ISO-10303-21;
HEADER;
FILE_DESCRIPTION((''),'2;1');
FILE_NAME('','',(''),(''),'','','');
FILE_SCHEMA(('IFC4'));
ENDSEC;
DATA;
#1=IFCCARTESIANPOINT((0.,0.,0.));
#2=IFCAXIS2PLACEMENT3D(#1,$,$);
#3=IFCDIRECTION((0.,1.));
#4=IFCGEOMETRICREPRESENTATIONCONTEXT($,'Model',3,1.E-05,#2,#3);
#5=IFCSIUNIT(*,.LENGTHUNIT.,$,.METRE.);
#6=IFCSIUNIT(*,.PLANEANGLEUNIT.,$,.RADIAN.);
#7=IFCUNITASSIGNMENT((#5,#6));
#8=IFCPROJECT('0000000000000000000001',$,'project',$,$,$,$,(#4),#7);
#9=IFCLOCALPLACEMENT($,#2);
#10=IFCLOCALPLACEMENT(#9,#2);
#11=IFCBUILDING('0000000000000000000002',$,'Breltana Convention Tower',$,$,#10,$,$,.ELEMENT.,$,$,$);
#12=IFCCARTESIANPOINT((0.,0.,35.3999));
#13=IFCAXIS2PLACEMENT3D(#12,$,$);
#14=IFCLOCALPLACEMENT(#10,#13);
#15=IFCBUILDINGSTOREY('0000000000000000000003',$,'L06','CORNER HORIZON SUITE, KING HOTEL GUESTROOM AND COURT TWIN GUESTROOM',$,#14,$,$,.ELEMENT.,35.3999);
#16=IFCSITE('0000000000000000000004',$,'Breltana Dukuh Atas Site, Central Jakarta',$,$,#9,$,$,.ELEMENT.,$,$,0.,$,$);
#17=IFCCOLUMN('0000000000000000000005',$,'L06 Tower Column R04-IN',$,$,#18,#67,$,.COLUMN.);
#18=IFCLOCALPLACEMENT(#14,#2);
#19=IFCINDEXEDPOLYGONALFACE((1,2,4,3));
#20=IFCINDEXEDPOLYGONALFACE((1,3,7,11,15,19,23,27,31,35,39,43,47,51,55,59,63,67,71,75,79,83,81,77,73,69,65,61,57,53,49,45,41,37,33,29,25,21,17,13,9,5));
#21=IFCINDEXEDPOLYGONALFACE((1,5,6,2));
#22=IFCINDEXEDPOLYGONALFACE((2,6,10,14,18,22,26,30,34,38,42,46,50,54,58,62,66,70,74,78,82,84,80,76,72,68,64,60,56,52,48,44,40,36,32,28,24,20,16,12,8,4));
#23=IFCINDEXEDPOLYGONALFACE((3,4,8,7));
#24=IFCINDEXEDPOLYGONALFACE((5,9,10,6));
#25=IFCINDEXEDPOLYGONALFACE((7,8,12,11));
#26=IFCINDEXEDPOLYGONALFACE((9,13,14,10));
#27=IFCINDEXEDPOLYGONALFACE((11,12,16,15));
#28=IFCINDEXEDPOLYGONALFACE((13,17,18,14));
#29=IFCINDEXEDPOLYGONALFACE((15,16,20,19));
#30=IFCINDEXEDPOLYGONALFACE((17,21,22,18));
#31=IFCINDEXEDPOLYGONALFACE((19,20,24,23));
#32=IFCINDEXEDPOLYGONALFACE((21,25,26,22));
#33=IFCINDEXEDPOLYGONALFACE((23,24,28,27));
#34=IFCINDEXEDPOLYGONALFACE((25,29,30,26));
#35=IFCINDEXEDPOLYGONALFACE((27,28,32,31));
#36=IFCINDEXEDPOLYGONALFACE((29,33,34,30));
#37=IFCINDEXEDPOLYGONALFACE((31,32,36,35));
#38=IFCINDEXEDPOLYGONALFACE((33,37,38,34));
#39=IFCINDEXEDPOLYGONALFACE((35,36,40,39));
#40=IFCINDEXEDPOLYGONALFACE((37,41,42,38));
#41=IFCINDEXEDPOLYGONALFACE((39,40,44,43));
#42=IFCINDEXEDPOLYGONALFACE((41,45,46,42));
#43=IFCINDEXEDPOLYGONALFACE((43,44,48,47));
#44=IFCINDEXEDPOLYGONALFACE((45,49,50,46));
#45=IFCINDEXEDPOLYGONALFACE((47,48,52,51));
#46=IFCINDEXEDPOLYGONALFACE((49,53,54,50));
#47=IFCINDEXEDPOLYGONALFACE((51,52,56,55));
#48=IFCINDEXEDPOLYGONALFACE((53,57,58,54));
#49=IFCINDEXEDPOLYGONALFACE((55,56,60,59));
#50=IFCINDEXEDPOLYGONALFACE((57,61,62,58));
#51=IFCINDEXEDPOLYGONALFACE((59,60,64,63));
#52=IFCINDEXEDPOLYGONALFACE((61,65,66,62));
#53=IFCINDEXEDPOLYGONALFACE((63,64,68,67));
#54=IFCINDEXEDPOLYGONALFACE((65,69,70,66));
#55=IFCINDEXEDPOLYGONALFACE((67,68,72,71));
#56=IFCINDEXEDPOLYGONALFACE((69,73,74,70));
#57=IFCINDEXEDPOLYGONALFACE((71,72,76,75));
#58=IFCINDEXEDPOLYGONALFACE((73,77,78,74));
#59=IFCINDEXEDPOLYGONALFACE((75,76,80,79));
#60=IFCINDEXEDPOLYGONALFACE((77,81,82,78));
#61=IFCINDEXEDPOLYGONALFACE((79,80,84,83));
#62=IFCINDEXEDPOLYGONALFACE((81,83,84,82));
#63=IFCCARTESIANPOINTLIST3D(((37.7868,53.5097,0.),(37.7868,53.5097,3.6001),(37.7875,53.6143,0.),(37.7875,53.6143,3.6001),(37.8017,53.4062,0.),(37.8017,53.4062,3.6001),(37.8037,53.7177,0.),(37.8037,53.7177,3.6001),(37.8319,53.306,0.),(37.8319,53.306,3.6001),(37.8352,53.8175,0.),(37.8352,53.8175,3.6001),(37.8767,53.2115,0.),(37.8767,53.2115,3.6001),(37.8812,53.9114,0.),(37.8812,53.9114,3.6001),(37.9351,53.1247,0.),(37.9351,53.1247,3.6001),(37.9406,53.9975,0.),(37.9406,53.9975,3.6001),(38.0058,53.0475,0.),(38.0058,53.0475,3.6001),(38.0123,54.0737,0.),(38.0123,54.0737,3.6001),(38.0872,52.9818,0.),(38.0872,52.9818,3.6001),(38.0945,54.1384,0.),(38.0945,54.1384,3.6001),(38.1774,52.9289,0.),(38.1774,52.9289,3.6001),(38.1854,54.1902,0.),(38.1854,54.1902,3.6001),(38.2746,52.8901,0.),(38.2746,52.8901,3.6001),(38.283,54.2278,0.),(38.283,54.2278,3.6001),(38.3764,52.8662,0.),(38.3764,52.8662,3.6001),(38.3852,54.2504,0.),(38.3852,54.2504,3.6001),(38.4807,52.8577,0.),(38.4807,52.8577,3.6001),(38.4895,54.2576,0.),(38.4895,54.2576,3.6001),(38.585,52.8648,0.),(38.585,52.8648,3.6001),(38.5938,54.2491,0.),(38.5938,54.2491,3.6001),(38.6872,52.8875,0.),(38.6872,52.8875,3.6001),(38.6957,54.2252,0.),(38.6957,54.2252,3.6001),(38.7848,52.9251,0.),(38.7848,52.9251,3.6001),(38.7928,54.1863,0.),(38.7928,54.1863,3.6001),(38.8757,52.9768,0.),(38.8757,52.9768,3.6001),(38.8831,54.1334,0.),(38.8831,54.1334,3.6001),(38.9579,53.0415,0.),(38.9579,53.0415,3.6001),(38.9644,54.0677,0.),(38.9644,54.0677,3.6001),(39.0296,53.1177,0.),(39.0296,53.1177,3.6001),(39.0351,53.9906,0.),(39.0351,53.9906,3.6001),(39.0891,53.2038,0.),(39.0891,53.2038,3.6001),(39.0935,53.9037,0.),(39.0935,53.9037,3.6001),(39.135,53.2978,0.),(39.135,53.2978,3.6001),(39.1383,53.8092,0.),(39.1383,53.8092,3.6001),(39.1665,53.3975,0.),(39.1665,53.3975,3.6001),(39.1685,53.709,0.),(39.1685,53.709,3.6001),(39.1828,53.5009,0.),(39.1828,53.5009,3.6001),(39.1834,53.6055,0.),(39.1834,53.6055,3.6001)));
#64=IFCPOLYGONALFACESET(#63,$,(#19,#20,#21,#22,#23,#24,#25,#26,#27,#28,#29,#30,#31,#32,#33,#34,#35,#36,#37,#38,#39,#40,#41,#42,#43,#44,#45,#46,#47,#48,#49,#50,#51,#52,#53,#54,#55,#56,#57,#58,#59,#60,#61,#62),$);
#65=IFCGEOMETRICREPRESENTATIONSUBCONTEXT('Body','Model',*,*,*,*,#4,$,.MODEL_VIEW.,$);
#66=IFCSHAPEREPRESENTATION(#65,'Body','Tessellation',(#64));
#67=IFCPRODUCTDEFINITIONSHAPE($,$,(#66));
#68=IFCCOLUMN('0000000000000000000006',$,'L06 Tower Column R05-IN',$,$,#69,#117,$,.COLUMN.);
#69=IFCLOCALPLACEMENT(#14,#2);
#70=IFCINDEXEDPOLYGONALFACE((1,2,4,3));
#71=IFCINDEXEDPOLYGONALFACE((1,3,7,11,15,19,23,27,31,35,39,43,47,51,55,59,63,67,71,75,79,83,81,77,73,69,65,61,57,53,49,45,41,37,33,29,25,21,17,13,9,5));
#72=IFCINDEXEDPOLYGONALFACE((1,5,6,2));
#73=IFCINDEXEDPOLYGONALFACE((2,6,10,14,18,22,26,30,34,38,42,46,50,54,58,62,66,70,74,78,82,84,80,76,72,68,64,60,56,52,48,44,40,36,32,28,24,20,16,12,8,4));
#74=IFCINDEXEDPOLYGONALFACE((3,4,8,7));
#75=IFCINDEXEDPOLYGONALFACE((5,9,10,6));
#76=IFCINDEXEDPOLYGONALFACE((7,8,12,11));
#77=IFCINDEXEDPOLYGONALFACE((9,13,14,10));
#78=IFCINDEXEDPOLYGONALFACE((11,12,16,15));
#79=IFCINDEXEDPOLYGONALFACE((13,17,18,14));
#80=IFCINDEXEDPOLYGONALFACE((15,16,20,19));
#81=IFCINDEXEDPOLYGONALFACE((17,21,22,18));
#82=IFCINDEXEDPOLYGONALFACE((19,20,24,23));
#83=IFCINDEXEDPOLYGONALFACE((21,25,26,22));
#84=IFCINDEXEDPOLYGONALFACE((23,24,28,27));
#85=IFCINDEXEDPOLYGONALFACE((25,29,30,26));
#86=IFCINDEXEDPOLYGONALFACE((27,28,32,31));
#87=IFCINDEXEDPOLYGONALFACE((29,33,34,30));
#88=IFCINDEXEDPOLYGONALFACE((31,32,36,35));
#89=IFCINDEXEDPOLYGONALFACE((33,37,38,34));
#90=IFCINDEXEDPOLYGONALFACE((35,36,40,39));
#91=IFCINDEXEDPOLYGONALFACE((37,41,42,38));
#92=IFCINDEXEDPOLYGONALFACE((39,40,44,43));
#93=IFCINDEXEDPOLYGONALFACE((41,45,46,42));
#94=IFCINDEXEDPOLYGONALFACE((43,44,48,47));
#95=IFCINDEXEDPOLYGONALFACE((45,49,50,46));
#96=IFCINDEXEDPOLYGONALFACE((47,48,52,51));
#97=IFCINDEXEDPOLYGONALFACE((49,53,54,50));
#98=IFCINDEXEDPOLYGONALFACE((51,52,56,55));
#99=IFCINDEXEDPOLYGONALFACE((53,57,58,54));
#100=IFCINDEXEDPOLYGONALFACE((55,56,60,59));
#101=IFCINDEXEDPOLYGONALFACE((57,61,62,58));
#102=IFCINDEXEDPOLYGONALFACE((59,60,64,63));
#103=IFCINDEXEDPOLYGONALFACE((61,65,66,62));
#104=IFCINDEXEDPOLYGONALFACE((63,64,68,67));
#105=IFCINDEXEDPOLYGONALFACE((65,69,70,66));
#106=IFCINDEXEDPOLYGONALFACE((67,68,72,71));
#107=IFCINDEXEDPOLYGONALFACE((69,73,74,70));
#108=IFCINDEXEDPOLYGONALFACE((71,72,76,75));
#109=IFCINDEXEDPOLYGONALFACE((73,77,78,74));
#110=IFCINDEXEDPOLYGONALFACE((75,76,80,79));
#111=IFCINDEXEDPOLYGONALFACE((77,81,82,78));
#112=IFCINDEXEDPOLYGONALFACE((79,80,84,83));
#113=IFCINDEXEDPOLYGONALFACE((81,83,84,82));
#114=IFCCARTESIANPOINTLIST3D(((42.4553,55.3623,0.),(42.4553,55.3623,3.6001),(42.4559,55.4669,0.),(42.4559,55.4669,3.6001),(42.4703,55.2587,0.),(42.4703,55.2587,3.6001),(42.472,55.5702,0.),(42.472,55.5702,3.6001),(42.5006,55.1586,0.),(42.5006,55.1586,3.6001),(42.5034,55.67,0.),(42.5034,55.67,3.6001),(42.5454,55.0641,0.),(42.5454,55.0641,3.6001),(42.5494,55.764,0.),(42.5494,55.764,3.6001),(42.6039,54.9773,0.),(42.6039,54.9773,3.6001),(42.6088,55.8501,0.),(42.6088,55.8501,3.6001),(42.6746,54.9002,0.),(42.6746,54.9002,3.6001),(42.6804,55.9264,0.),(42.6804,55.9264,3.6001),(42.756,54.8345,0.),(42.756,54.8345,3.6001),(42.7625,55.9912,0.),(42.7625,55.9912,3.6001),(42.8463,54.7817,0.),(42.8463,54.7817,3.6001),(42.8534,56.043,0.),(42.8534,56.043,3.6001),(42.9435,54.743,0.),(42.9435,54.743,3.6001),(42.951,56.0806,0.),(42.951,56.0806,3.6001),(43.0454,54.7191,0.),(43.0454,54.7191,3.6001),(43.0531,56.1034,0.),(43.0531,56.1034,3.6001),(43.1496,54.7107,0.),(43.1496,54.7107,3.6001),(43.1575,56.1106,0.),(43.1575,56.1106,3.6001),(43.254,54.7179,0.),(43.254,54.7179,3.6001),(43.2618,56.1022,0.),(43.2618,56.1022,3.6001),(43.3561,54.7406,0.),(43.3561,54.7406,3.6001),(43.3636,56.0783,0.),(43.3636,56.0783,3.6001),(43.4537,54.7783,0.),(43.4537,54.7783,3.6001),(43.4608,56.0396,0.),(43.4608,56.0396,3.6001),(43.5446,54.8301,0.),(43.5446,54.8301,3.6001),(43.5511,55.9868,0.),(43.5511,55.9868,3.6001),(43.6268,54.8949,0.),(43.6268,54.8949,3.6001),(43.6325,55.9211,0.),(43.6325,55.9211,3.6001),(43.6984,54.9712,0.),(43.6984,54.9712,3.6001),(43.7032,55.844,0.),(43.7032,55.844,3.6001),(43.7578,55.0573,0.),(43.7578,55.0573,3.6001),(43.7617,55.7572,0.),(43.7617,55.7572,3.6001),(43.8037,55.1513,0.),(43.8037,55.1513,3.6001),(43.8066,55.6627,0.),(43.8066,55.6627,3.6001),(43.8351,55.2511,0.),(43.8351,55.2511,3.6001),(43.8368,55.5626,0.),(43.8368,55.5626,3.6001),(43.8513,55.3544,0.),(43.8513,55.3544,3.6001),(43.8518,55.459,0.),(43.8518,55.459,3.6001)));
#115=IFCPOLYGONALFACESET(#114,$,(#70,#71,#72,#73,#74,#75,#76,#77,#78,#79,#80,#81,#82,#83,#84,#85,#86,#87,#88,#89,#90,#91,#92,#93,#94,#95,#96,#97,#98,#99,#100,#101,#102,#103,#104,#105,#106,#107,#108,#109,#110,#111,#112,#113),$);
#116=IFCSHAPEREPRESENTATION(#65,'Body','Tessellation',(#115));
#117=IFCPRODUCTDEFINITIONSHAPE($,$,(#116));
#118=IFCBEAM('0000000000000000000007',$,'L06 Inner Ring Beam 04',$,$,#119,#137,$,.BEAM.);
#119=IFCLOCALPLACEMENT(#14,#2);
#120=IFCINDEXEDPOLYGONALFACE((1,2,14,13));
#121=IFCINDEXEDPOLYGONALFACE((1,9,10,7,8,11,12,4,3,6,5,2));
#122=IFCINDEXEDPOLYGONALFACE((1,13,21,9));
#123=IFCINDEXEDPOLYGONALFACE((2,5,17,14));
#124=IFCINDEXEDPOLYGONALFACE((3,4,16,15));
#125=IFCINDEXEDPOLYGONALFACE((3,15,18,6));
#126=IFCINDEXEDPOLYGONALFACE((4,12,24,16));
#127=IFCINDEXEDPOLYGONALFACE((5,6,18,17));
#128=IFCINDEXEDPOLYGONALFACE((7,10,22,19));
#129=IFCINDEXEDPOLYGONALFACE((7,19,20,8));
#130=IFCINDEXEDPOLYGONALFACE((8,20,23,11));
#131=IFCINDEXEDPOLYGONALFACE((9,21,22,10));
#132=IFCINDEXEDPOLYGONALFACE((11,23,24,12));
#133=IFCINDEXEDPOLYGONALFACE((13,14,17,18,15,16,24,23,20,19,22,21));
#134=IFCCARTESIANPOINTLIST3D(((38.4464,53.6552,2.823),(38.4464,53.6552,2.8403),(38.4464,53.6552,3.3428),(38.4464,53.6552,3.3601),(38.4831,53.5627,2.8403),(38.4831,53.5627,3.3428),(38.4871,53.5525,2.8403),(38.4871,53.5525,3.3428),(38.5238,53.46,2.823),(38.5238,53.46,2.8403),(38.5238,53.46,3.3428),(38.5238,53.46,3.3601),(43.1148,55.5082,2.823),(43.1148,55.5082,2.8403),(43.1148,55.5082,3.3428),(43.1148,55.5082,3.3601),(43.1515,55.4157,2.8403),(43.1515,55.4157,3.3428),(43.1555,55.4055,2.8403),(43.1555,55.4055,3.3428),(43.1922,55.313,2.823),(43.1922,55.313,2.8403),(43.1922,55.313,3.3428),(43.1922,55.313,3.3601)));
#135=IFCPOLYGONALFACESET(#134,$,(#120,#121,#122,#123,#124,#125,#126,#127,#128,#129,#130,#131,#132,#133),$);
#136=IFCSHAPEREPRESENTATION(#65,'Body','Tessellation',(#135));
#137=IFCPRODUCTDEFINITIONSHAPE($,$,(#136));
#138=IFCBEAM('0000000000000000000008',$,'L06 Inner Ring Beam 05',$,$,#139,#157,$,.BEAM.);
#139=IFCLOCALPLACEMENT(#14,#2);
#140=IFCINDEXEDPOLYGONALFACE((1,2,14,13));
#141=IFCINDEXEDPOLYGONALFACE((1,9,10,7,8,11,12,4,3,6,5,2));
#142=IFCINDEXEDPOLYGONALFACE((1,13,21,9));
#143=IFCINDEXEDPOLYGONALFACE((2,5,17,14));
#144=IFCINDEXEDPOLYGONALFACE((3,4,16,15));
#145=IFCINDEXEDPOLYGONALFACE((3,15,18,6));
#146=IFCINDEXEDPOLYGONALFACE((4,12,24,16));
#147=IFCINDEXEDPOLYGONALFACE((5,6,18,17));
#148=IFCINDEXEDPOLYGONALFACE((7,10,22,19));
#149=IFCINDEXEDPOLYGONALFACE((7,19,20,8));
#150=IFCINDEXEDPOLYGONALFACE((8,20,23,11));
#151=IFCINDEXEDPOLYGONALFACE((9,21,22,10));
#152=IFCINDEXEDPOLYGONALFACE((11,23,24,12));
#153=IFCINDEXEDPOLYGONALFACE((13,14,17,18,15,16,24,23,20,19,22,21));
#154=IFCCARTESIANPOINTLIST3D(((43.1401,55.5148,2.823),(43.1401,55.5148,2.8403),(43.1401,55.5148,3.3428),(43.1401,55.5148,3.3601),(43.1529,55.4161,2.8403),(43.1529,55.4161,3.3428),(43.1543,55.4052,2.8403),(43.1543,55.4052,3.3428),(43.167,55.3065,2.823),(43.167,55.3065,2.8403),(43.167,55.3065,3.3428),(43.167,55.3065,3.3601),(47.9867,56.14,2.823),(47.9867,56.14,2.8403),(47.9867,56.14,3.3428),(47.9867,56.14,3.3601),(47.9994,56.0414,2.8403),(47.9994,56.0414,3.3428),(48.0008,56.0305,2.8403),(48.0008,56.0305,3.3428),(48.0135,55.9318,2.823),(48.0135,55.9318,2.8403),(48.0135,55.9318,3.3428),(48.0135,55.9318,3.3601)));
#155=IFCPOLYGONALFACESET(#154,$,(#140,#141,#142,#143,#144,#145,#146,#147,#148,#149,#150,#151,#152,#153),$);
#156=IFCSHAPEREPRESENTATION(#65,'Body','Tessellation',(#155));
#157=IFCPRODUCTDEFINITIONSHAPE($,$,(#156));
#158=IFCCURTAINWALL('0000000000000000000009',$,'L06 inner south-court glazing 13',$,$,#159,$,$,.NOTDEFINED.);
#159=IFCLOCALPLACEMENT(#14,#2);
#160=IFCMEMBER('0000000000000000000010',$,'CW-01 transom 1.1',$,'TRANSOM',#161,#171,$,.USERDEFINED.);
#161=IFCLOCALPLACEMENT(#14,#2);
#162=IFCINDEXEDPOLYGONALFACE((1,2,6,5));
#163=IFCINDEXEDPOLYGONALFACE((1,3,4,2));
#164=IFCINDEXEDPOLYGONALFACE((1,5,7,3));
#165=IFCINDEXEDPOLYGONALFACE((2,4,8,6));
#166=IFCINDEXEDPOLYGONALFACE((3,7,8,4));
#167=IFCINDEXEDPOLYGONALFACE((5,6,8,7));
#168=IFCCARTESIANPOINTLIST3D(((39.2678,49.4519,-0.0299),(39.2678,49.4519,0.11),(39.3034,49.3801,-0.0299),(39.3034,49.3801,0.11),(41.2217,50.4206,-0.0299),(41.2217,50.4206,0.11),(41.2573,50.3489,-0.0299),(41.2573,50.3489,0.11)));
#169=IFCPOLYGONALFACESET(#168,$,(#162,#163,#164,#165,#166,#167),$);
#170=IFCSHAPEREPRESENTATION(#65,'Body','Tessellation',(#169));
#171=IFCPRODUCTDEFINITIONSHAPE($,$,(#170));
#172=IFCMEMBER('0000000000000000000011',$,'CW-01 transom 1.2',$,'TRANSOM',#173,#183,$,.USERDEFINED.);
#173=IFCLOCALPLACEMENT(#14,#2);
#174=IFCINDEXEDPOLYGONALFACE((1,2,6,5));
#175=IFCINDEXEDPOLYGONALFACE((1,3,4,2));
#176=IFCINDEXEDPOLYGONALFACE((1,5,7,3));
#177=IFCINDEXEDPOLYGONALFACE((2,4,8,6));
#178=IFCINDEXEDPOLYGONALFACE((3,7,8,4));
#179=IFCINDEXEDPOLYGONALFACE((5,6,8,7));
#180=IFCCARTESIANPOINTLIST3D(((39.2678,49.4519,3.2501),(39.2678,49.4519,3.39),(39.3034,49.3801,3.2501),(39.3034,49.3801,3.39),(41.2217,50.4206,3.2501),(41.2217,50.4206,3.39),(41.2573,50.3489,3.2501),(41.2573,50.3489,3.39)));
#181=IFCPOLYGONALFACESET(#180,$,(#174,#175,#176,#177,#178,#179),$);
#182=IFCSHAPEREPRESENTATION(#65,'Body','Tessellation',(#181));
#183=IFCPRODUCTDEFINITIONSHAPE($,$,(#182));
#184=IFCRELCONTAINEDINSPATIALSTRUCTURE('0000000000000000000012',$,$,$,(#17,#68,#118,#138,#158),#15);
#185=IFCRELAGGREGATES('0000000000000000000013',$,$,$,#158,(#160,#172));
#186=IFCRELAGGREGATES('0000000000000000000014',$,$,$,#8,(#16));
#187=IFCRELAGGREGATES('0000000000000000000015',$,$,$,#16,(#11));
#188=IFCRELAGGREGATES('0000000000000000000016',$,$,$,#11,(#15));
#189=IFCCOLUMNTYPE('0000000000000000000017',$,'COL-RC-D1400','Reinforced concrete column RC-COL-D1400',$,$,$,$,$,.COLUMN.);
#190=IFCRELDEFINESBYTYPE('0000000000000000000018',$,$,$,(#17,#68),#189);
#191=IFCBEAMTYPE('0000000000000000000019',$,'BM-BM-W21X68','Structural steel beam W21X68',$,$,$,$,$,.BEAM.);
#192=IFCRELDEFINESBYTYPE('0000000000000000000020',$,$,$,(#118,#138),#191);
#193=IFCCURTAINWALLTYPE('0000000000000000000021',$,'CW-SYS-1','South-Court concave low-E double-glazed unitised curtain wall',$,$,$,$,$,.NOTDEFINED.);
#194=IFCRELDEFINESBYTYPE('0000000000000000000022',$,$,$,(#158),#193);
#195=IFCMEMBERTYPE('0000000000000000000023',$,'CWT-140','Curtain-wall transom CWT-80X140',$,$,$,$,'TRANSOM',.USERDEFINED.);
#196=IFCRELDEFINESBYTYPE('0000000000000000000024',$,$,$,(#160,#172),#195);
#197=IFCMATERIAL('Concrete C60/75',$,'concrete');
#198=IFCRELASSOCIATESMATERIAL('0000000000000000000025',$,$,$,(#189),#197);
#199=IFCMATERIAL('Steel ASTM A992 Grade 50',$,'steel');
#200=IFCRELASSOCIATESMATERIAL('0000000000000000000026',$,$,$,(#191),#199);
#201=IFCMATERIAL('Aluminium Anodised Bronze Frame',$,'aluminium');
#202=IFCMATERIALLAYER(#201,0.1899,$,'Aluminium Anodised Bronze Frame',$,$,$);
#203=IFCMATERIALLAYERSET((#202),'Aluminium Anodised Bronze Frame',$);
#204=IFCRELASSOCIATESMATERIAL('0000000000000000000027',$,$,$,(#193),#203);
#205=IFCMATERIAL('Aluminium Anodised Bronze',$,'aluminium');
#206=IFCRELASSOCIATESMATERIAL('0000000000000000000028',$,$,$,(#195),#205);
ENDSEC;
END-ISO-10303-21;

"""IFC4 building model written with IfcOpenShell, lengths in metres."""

from ifc_helpers import new_model, si_unit, direction, frame, origin, origin_2d, place, context, subcontext, project, spatial, rectangle, circle, i_section, extrude, source, transform, mapped, material, layer, layer_set, material_profile, profile_set, type_object, element, aggregate, save


model = new_model("IFC4")

# Units and contexts
model_context = context("Model", 3, precision=1e-05, world=origin(), true_north=direction((0.0, 1.0)))
body_context = subcontext(model_context, "Body", "Model", "MODEL_VIEW")
ifc_project = project(units=[si_unit("LENGTHUNIT", "METRE"), si_unit("PLANEANGLEUNIT", "RADIAN")], contexts=[model_context])

# Site, building, storey
site_placement = place(None, origin())
site = spatial("IfcSite", under=ifc_project, at=site_placement, Name="Breltana Dukuh Atas Site, Central Jakarta", CompositionType="ELEMENT", RefElevation=0.0)
building_placement = place(site_placement, origin())
building = spatial("IfcBuilding", under=site, at=building_placement, Name="Breltana Convention Tower", CompositionType="ELEMENT")
storey_placement = place(building_placement, frame((0.0, 0.0, 35.3999)))
storey = spatial("IfcBuildingStorey", under=building, at=storey_placement, Name="L06", Description="CORNER HORIZON SUITE, KING HOTEL GUESTROOM AND COURT TWIN GUESTROOM", CompositionType="ELEMENT", Elevation=35.3999)

# Columns
ifc_material_1 = material(Name="Concrete C60/75", Category="concrete")
ifc_material_profile_1 = material_profile(ifc_material_1, circle(Radius=0.7, at=origin_2d()), Name="RC-COL-D1400")
ifc_profile_set_1 = profile_set([ifc_material_profile_1], Name="Concrete C60/75")
column_type = type_object("IfcColumnType", Name="COL-RC-D1400", Description="Reinforced concrete column RC-COL-D1400", PredefinedType="COLUMN", material=ifc_profile_set_1)
shared_shape_1 = source(origin(), body_context, "Body", "SweptSolid", [
    extrude(circle(Radius=0.7, at=origin_2d()), origin(), (0.0, 0.0, 1.0), 3.6001),
])
for number, where, z_axis, x_axis, name in (
    (1, (38.4851, 53.5576, 0.0), (0.0, 0.0, 1.0), (-0.288698, 0.95742, 0.0), "L06 Tower Column R04-IN"),
    (2, (43.1536, 55.4106, 0.0), (0.0, 0.0, 1.0), (-0.143493, 0.989651, 0.0), "L06 Tower Column R05-IN"),
):
    element("IfcColumn", number, at=place(storey_placement, frame(where, z_axis=z_axis, x_axis=x_axis)), inside=storey, type_object=column_type, Name=name, PredefinedType="COLUMN", context=body_context, shape_type="MappedRepresentation", body=[
        mapped(shared_shape_1, transform((0.0, 0.0, 0.0), scale=1.0)),
    ])

# Beams
ifc_material_2 = material(Name="Steel ASTM A992 Grade 50", Category="steel")
ifc_material_profile_2 = material_profile(ifc_material_2, i_section(OverallWidth=0.21, OverallDepth=0.5371, WebThickness=0.011, FlangeThickness=0.0173, at=origin_2d()), Name="W21X68")
ifc_profile_set_2 = profile_set([ifc_material_profile_2], Name="Steel ASTM A992 Grade 50")
beam_type = type_object("IfcBeamType", Name="BM-BM-W21X68", Description="Structural steel beam W21X68", PredefinedType="BEAM", material=ifc_profile_set_2)
shared_shape_2 = source(origin(), body_context, "Body", "SweptSolid", [
    extrude(i_section(OverallWidth=0.21, OverallDepth=0.5371, WebThickness=0.011, FlangeThickness=0.0173, at=origin_2d()), origin(), (0.0, 0.0, 1.0), 5.0227),
])
beam_1_placement = place(storey_placement, frame((38.4851, 53.5576, 3.0916), z_axis=(0.929459, 0.368926, 0.0), x_axis=(-0.368926, 0.929459, 0.0)))
element("IfcBeam", 3, at=beam_1_placement, inside=storey, type_object=beam_type, Name="L06 Inner Ring Beam 04", PredefinedType="BEAM", context=body_context, shape_type="MappedRepresentation", body=[
    mapped(shared_shape_2, transform((0.0, 0.0, 0.0), scale=1.0)),
])
shared_shape_3 = source(origin(), body_context, "Body", "SweptSolid", [
    extrude(i_section(OverallWidth=0.21, OverallDepth=0.5371, WebThickness=0.011, FlangeThickness=0.0173, at=origin_2d()), origin(), (0.0, 0.0, 1.0), 4.8867),
])
beam_2_placement = place(storey_placement, frame((43.1536, 55.4106, 3.0916), z_axis=(0.991781, 0.127951, 0.0), x_axis=(-0.127951, 0.991781, 0.0)))
element("IfcBeam", 4, at=beam_2_placement, inside=storey, type_object=beam_type, Name="L06 Inner Ring Beam 05", PredefinedType="BEAM", context=body_context, shape_type="MappedRepresentation", body=[
    mapped(shared_shape_3, transform((0.0, 0.0, 0.0), scale=1.0)),
])

# Curtain wall, members
ifc_material_3 = material(Name="Aluminium Anodised Bronze Frame", Category="aluminium")
ifc_layer_1 = layer(ifc_material_3, 0.1899, Name="Aluminium Anodised Bronze Frame")
ifc_layer_set_1 = layer_set([ifc_layer_1], Name="Aluminium Anodised Bronze Frame")
curtain_wall_type = type_object("IfcCurtainWallType", Name="CW-SYS-1", Description="South-Court concave low-E double-glazed unitised curtain wall", PredefinedType="NOTDEFINED", material=ifc_layer_set_1)
curtain_wall_1_placement = place(storey_placement, origin())
curtain_wall_1 = element("IfcCurtainWall", 5, at=curtain_wall_1_placement, inside=storey, type_object=curtain_wall_type, Name="L06 inner south-court glazing 13", PredefinedType="NOTDEFINED")
ifc_material_4 = material(Name="Aluminium Anodised Bronze", Category="aluminium")
ifc_material_profile_3 = material_profile(ifc_material_4, rectangle(XDim=0.0801, YDim=0.1399, at=origin_2d()), Name="CWT-80X140")
ifc_profile_set_3 = profile_set([ifc_material_profile_3], Name="Aluminium Anodised Bronze")
member_type_1 = type_object("IfcMemberType", Name="CWT-140", Description="Curtain-wall transom CWT-80X140", ElementType="TRANSOM", PredefinedType="USERDEFINED", material=ifc_profile_set_3)
shared_shape_4 = source(origin(), body_context, "Body", "SweptSolid", [
    extrude(rectangle(XDim=0.0801, YDim=0.1399, at=origin_2d()), origin(), (0.0, 0.0, 1.0), 2.1809),
])
member_1_placement = place(storey_placement, frame((41.2395, 50.3848, 0.04), z_axis=(-0.895922, -0.444211, 0.0), x_axis=(0.444211, -0.895922, 0.0)))
member_1 = element("IfcMember", 6, at=member_1_placement, type_object=member_type_1, Name="CW-01 transom 1.1", ObjectType="TRANSOM", PredefinedType="USERDEFINED", context=body_context, shape_type="MappedRepresentation", body=[
    mapped(shared_shape_4, transform((0.0, 0.0, 0.0), scale=1.0)),
])
member_2_placement = place(storey_placement, frame((41.2395, 50.3848, 3.3201), z_axis=(-0.895922, -0.444211, 0.0), x_axis=(0.444211, -0.895922, 0.0)))
member_2 = element("IfcMember", 7, at=member_2_placement, type_object=member_type_1, Name="CW-01 transom 1.2", ObjectType="TRANSOM", PredefinedType="USERDEFINED", context=body_context, shape_type="MappedRepresentation", body=[
    mapped(shared_shape_4, transform((0.0, 0.0, 0.0), scale=1.0)),
])

aggregate(curtain_wall_1, [member_1, member_2])

save(model, "model.ifc")
